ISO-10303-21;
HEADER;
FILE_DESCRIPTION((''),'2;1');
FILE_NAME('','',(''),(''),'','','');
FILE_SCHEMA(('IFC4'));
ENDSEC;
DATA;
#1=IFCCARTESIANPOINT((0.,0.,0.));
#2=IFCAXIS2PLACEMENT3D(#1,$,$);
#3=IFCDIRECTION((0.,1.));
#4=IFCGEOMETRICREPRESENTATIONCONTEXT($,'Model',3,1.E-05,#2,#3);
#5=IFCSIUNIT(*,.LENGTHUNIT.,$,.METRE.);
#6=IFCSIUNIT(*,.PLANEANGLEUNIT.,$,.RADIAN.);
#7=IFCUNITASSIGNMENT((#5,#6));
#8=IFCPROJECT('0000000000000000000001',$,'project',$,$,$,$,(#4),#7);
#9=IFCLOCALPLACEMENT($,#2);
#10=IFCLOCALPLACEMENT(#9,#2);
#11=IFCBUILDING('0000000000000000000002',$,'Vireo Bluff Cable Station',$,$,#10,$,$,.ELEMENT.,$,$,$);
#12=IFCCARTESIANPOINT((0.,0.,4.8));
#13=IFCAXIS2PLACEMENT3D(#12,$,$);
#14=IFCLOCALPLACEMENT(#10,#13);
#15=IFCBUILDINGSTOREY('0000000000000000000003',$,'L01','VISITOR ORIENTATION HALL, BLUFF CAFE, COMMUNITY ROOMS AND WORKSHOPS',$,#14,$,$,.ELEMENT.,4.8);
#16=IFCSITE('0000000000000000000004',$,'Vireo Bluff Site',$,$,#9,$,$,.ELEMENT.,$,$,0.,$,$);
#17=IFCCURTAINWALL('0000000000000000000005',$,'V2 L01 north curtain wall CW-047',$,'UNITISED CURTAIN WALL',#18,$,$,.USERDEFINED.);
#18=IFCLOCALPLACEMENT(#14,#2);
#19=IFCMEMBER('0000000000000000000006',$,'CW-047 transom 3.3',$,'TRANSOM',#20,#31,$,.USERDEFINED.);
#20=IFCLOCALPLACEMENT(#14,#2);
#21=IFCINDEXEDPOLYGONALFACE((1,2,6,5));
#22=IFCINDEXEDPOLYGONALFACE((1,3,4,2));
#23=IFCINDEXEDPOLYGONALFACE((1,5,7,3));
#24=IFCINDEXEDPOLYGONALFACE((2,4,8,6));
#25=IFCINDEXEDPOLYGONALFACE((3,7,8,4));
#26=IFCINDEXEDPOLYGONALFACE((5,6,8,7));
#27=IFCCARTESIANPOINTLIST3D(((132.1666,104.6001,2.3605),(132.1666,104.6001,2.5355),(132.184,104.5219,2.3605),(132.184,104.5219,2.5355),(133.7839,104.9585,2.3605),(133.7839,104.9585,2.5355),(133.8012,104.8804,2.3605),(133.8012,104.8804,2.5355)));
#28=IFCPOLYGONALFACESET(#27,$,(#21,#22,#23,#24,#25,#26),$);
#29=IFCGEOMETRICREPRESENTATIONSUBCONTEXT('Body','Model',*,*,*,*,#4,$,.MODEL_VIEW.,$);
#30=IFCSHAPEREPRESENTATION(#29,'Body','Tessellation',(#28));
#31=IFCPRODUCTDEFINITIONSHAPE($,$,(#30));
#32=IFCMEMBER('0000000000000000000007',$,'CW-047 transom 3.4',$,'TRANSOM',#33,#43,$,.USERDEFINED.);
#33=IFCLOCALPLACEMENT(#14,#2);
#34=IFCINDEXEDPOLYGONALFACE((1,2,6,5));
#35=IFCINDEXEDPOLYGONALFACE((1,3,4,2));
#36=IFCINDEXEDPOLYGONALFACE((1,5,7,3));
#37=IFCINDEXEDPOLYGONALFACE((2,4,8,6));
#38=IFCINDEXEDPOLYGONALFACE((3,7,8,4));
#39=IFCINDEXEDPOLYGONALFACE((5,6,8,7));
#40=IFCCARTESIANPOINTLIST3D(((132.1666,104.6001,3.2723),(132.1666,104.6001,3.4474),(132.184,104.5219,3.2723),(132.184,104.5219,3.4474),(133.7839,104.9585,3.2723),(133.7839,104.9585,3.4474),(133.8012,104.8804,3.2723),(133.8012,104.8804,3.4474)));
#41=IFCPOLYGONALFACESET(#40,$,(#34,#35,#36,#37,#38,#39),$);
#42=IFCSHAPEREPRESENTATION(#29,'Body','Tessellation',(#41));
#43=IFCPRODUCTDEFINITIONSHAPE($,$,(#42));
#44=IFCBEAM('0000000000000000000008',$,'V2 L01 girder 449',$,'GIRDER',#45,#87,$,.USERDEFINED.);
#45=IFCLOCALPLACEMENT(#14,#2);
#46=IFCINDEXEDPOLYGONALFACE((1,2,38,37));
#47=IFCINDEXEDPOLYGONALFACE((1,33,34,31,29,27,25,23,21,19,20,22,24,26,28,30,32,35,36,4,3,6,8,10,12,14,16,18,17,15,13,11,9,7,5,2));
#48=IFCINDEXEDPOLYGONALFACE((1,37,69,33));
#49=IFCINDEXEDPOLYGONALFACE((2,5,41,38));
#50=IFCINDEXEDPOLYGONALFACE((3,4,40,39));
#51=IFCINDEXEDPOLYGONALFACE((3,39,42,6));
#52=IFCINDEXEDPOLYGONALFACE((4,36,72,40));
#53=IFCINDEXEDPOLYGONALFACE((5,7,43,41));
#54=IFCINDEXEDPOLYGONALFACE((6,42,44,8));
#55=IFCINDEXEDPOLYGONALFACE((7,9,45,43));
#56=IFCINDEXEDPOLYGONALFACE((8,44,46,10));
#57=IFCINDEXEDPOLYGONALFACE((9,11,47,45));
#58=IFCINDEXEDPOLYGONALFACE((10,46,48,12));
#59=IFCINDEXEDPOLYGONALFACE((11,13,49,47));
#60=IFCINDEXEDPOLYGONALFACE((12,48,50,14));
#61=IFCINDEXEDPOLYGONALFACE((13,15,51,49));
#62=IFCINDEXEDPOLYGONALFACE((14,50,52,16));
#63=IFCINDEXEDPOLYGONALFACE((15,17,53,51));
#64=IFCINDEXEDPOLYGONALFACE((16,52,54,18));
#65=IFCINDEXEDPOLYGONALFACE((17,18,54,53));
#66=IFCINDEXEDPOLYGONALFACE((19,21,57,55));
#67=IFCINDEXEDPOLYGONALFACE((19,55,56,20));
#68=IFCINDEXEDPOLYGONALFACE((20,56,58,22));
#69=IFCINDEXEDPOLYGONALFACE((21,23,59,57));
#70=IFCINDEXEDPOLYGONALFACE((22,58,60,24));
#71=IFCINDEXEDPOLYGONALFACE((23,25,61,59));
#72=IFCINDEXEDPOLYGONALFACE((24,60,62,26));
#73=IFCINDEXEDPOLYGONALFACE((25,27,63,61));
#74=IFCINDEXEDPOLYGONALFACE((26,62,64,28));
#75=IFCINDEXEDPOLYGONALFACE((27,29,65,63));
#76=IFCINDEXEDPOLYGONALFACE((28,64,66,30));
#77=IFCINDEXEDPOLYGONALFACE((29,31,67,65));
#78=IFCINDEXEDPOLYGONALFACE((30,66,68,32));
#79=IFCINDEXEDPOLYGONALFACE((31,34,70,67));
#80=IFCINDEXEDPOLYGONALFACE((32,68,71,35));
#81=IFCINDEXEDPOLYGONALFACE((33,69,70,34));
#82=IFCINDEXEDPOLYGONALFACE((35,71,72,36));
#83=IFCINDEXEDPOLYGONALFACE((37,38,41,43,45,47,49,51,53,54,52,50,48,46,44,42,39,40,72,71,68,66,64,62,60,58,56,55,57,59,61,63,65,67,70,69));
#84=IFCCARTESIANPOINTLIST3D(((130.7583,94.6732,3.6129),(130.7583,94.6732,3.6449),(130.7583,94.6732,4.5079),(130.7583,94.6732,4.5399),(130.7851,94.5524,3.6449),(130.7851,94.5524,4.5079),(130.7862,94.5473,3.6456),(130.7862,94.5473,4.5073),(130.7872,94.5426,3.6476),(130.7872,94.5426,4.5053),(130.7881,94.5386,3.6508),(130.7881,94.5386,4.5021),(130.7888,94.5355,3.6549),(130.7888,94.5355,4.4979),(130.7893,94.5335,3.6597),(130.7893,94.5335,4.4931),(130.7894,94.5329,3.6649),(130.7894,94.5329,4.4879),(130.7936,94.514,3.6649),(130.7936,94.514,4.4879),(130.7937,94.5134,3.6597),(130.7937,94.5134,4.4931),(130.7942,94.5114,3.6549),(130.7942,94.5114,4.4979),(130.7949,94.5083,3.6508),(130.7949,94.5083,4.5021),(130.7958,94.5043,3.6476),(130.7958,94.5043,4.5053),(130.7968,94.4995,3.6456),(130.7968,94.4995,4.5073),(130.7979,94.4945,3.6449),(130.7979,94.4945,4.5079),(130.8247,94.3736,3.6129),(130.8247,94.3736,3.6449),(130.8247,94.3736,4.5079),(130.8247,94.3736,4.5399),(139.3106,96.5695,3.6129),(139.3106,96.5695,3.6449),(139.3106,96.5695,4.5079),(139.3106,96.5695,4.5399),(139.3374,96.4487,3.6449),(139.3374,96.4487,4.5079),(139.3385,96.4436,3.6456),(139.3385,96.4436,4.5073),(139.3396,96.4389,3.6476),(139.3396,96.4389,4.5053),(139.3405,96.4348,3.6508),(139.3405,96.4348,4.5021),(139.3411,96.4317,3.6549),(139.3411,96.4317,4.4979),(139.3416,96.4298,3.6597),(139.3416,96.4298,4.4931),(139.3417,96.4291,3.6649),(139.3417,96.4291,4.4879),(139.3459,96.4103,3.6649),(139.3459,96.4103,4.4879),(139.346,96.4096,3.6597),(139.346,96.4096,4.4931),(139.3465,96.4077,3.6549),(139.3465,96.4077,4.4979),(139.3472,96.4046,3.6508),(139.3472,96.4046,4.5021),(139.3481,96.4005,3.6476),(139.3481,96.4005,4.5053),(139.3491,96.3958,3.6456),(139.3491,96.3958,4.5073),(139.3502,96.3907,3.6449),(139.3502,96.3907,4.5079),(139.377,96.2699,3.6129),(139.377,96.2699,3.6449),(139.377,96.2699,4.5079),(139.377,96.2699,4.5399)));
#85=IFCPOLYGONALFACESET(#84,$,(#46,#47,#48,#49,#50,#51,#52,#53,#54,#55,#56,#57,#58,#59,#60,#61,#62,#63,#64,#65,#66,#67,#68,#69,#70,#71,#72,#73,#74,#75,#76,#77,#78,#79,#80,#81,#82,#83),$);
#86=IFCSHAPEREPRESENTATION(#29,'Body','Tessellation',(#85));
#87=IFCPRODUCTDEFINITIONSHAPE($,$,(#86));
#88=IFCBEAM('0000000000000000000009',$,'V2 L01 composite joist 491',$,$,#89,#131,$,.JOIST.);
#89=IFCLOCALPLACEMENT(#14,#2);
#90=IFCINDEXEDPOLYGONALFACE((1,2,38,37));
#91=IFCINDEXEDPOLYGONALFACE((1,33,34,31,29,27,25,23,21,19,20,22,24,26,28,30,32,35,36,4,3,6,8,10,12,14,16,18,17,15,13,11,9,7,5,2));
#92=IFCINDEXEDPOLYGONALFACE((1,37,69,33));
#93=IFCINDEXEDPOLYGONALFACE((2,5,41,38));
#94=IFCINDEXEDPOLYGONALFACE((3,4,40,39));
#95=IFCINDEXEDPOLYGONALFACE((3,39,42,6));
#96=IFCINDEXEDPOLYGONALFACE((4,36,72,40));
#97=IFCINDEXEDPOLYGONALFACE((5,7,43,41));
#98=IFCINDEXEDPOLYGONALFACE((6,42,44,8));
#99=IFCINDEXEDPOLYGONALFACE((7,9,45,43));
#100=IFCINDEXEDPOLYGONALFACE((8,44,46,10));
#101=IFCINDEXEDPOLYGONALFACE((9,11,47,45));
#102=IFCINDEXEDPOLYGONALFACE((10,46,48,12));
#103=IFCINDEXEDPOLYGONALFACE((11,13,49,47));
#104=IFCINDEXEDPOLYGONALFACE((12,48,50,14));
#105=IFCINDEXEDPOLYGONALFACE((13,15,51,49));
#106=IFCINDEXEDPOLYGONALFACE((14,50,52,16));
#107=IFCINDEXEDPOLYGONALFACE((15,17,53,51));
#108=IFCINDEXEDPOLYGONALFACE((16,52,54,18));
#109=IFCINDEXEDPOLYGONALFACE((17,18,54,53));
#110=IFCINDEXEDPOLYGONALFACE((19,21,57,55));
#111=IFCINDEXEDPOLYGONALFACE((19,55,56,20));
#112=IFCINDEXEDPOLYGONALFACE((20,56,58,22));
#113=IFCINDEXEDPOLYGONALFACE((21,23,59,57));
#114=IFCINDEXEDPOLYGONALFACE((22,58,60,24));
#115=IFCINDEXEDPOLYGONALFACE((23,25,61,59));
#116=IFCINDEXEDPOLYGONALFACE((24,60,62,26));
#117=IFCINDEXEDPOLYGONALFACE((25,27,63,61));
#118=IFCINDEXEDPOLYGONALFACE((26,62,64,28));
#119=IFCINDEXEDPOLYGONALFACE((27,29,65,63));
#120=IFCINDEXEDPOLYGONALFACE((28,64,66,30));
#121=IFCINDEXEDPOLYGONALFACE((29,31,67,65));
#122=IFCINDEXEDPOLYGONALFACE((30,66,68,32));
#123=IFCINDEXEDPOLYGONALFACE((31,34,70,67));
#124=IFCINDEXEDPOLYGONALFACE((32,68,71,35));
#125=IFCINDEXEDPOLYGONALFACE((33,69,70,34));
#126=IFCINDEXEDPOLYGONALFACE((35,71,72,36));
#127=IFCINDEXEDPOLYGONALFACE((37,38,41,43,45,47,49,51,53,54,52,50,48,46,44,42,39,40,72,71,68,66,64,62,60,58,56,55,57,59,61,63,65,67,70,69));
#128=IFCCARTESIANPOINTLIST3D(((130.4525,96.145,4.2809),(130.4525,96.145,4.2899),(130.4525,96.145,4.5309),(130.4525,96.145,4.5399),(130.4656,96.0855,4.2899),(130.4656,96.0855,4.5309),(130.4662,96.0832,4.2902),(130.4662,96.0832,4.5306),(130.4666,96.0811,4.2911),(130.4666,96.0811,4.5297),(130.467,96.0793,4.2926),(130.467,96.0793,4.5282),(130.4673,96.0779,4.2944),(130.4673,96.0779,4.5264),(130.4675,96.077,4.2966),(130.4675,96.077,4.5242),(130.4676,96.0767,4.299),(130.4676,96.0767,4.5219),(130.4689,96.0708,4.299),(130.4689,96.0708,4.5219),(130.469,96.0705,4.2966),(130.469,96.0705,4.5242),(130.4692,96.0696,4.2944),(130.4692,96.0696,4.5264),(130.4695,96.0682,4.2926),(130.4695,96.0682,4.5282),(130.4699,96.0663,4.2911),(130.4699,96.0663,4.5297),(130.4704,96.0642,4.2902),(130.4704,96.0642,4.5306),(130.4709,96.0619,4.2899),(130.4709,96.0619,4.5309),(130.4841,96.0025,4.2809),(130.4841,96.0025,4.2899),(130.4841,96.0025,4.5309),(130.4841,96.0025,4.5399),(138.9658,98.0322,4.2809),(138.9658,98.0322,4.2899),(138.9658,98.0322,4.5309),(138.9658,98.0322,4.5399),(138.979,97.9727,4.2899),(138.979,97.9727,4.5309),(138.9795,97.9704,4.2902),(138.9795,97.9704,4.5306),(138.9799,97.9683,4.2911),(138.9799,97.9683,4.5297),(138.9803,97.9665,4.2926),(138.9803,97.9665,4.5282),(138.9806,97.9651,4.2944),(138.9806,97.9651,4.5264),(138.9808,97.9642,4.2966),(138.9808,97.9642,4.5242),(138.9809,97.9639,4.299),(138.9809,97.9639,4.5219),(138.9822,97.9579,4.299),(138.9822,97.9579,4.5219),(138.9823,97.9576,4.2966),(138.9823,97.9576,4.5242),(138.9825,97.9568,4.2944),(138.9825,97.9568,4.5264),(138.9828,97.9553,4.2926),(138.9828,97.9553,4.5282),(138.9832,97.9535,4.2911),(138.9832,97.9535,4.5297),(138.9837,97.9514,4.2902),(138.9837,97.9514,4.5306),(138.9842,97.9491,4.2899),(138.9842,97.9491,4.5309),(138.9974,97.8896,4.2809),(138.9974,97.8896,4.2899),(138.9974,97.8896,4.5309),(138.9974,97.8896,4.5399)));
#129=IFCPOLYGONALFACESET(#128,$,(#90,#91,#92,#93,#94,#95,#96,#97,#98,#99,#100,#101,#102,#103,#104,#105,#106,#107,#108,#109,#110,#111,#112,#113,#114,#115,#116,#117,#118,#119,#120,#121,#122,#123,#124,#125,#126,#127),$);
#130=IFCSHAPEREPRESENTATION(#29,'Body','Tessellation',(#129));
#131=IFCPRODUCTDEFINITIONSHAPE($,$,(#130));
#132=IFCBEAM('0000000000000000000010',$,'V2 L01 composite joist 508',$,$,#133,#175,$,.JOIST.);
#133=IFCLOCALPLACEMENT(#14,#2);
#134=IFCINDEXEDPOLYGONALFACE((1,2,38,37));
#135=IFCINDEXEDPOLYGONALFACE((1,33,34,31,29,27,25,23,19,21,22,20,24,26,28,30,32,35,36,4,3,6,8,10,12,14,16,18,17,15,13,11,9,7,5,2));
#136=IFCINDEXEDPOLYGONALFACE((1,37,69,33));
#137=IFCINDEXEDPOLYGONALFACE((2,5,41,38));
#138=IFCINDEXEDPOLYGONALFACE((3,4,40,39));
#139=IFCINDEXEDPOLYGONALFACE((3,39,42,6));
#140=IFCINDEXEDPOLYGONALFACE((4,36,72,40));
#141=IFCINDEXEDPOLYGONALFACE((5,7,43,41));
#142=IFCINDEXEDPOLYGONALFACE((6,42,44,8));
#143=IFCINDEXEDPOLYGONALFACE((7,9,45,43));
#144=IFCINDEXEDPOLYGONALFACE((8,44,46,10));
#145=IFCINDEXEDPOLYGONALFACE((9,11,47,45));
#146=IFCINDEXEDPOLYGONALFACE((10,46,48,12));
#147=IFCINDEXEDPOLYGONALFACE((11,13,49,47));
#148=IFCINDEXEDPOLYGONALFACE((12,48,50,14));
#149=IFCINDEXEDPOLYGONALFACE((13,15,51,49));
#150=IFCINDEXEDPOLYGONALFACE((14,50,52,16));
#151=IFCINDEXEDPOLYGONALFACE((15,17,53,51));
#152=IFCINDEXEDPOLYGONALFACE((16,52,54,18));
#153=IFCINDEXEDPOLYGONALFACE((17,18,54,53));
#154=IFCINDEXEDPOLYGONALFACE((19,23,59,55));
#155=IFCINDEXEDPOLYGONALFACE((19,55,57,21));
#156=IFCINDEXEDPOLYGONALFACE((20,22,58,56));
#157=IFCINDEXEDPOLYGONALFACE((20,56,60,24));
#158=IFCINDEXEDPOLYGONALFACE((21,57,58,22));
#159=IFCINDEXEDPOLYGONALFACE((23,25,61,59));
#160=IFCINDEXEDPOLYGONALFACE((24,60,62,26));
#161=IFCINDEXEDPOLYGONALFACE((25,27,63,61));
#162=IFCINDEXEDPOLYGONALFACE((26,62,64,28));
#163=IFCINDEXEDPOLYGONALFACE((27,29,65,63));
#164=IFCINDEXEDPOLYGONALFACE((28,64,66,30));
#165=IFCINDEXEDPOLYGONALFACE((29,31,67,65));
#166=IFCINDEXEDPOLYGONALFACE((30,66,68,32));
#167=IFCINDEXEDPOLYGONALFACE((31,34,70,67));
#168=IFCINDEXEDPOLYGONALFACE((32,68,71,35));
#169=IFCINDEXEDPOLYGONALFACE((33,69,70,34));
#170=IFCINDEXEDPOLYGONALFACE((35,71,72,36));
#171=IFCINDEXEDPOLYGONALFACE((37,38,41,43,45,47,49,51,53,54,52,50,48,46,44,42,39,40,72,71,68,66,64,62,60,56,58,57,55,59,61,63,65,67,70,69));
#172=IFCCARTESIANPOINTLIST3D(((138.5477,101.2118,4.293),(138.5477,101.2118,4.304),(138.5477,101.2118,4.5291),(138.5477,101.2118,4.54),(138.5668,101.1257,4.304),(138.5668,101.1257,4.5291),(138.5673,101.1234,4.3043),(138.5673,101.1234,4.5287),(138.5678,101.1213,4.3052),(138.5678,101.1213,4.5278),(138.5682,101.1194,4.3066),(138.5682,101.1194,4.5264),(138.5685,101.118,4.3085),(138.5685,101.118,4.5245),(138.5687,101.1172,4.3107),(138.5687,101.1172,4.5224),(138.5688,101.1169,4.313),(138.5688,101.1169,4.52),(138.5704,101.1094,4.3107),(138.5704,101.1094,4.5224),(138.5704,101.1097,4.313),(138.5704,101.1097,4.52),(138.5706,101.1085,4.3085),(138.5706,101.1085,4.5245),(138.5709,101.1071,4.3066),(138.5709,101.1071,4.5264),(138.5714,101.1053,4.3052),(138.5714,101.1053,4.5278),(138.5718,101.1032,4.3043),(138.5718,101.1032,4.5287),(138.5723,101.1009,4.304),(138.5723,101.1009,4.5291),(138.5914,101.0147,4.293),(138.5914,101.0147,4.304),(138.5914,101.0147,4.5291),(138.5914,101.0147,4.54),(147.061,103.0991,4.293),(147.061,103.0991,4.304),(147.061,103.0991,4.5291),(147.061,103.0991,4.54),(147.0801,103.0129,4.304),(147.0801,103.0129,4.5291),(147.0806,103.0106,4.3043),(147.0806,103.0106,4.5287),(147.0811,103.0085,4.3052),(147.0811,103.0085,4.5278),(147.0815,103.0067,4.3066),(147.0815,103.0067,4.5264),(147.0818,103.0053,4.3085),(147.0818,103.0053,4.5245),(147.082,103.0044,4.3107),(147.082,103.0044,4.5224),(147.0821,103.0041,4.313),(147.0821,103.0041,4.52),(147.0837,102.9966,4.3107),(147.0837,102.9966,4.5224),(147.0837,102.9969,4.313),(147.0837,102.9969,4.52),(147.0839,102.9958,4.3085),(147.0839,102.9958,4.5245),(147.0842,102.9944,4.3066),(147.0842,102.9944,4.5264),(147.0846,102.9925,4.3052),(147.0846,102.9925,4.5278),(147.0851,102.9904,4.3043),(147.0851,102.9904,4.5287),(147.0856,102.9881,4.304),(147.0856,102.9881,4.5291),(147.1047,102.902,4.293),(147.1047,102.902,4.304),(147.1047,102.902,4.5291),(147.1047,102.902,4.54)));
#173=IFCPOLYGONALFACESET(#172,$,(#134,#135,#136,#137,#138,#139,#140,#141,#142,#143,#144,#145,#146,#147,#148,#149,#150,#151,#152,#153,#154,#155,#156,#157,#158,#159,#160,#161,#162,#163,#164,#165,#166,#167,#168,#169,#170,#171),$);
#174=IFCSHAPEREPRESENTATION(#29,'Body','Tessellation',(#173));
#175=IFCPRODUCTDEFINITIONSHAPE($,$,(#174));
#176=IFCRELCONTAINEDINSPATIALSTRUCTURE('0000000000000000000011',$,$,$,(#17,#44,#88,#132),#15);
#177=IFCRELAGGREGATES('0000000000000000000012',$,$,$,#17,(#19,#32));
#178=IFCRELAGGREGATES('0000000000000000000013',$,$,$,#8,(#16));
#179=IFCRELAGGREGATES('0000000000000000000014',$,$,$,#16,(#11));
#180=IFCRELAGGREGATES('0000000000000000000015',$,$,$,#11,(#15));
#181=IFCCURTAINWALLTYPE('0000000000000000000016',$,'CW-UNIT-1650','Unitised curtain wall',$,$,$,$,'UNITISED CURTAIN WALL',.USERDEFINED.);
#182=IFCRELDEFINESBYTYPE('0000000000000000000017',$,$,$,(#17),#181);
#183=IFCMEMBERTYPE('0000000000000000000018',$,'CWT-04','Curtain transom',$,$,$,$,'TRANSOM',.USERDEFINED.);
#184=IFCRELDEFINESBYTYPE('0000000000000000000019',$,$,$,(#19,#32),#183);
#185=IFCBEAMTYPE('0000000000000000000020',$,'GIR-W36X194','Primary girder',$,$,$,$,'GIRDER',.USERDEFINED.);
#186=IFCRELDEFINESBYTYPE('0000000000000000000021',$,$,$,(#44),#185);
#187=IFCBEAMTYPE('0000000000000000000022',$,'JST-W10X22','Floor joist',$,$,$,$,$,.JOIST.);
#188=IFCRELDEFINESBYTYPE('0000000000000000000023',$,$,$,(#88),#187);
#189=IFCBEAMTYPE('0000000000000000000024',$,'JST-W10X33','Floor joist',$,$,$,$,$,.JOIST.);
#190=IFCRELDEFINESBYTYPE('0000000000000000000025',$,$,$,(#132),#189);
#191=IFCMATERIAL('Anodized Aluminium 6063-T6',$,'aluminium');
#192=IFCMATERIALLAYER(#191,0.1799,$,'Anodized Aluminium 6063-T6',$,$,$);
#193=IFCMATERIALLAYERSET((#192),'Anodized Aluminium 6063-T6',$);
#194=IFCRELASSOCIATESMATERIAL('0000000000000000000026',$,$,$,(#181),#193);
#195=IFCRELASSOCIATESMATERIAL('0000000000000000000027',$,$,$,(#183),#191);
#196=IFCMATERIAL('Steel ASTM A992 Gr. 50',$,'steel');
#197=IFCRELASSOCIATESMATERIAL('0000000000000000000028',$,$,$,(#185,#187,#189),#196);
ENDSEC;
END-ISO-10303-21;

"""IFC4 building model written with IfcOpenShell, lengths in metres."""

from ifc_helpers import new_model, si_unit, direction, frame, origin, origin_2d, place, context, subcontext, project, spatial, rectangle, i_section, extrude, material, layer, layer_set, material_profile, profile_set, type_object, element, aggregate, save


model = new_model("IFC4")

# Units and contexts
model_context = context("Model", 3, precision=1e-05, world=origin(), true_north=direction((0.0, 1.0)))
body_context = subcontext(model_context, "Body", "Model", "MODEL_VIEW")
ifc_project = project(units=[si_unit("LENGTHUNIT", "METRE"), si_unit("PLANEANGLEUNIT", "RADIAN")], contexts=[model_context])

# Site, building, storey
site_placement = place(None, origin())
site = spatial("IfcSite", under=ifc_project, at=site_placement, Name="Vireo Bluff Site", CompositionType="ELEMENT", RefElevation=0.0)
building_placement = place(site_placement, origin())
building = spatial("IfcBuilding", under=site, at=building_placement, Name="Vireo Bluff Cable Station", CompositionType="ELEMENT")
storey_placement = place(building_placement, frame((0.0, 0.0, 4.8)))
storey = spatial("IfcBuildingStorey", under=building, at=storey_placement, Name="L01", Description="VISITOR ORIENTATION HALL, BLUFF CAFE, COMMUNITY ROOMS AND WORKSHOPS", CompositionType="ELEMENT", Elevation=4.8)

# Shared definitions
ifc_material_1 = material(Name="Steel ASTM A992 Gr. 50", Category="steel")

# Curtain wall, members
ifc_material_2 = material(Name="Anodized Aluminium 6063-T6", Category="aluminium")
ifc_layer_1 = layer(ifc_material_2, 0.1799, Name="Anodized Aluminium 6063-T6")
ifc_layer_set_1 = layer_set([ifc_layer_1], Name="Anodized Aluminium 6063-T6")
curtain_wall_type = type_object("IfcCurtainWallType", Name="CW-UNIT-1650", Description="Unitised curtain wall", ElementType="UNITISED CURTAIN WALL", PredefinedType="USERDEFINED", material=ifc_layer_set_1)
curtain_wall_placement = place(storey_placement, origin())
curtain_wall = element("IfcCurtainWall", 1, at=curtain_wall_placement, inside=storey, type_object=curtain_wall_type, Name="V2 L01 north curtain wall CW-047", ObjectType="UNITISED CURTAIN WALL", PredefinedType="USERDEFINED")
ifc_material_profile_1 = material_profile(ifc_material_2, rectangle(XDim=0.0801, YDim=0.175, at=origin_2d()), Name="ALU-T-80X175")
ifc_profile_set_1 = profile_set([ifc_material_profile_1], Name="Anodized Aluminium 6063-T6")
member_type_1 = type_object("IfcMemberType", Name="CWT-04", Description="Curtain transom", ElementType="TRANSOM", PredefinedType="USERDEFINED", material=ifc_profile_set_1)
member_1_placement = place(storey_placement, frame((132.1753, 104.561, 2.448), z_axis=(0.976312, 0.216369, 0.0), x_axis=(-0.216369, 0.976312, 0.0)))
member_1 = element("IfcMember", 2, at=member_1_placement, type_object=member_type_1, Name="CW-047 transom 3.3", ObjectType="TRANSOM", PredefinedType="USERDEFINED", context=body_context, shape_type="SweptSolid", body=[
    extrude(rectangle(XDim=0.0801, YDim=0.175, at=origin_2d()), origin(), (0.0, 0.0, 1.0), 1.6565),
])
member_2_placement = place(storey_placement, frame((132.1753, 104.561, 3.3599), z_axis=(0.976312, 0.216369, 0.0), x_axis=(-0.216369, 0.976312, 0.0)))
member_2 = element("IfcMember", 3, at=member_2_placement, type_object=member_type_1, Name="CW-047 transom 3.4", ObjectType="TRANSOM", PredefinedType="USERDEFINED", context=body_context, shape_type="SweptSolid", body=[
    extrude(rectangle(XDim=0.0801, YDim=0.175, at=origin_2d()), origin(), (0.0, 0.0, 1.0), 1.6565),
])

# Beams
ifc_material_profile_2 = material_profile(ifc_material_1, i_section(OverallWidth=0.3069, OverallDepth=0.927, WebThickness=0.0193, FlangeThickness=0.032, FilletRadius=0.02, at=origin_2d()), Name="W36X194")
ifc_profile_set_2 = profile_set([ifc_material_profile_2], Name="Steel ASTM A992 Gr. 50")
beam_type_1 = type_object("IfcBeamType", Name="GIR-W36X194", Description="Primary girder", ElementType="GIRDER", PredefinedType="USERDEFINED", material=ifc_profile_set_2)
beam_1_placement = place(storey_placement, frame((130.7915, 94.5234, 4.0764), z_axis=(0.97629, 0.216467, 0.0), x_axis=(-0.216467, 0.97629, 0.0)))
element("IfcBeam", 4, at=beam_1_placement, inside=storey, type_object=beam_type_1, Name="V2 L01 girder 449", ObjectType="GIRDER", PredefinedType="USERDEFINED", context=body_context, shape_type="SweptSolid", body=[
    extrude(i_section(OverallWidth=0.3069, OverallDepth=0.927, WebThickness=0.0193, FlangeThickness=0.032, FilletRadius=0.02, at=origin_2d()), origin(), (0.0, 0.0, 1.0), 8.76),
])
ifc_material_profile_3 = material_profile(ifc_material_1, i_section(OverallWidth=0.146, OverallDepth=0.259, WebThickness=0.0061, FlangeThickness=0.009, FilletRadius=0.009, at=origin_2d()), Name="W10X22")
ifc_profile_set_3 = profile_set([ifc_material_profile_3], Name="Steel ASTM A992 Gr. 50")
beam_type_2 = type_object("IfcBeamType", Name="JST-W10X22", Description="Floor joist", PredefinedType="JOIST", material=ifc_profile_set_3)
beam_2_placement = place(storey_placement, frame((130.4683, 96.0737, 4.4104), z_axis=(0.9763, 0.216421, 0.0), x_axis=(-0.216421, 0.9763, 0.0)))
element("IfcBeam", 5, at=beam_2_placement, inside=storey, type_object=beam_type_2, Name="V2 L01 composite joist 491", PredefinedType="JOIST", context=body_context, shape_type="SweptSolid", body=[
    extrude(i_section(OverallWidth=0.146, OverallDepth=0.259, WebThickness=0.0061, FlangeThickness=0.009, FilletRadius=0.009, at=origin_2d()), origin(), (0.0, 0.0, 1.0), 8.72),
])
ifc_material_profile_4 = material_profile(ifc_material_1, i_section(OverallWidth=0.2019, OverallDepth=0.2471, WebThickness=0.0073, FlangeThickness=0.011, FilletRadius=0.009, at=origin_2d()), Name="W10X33")
ifc_profile_set_4 = profile_set([ifc_material_profile_4], Name="Steel ASTM A992 Gr. 50")
beam_type_3 = type_object("IfcBeamType", Name="JST-W10X33", Description="Floor joist", PredefinedType="JOIST", material=ifc_profile_set_4)
beam_3_placement = place(storey_placement, frame((138.5696, 101.1133, 4.4165), z_axis=(0.976299, 0.216426, 0.0), x_axis=(-0.216426, 0.976299, 0.0)))
element("IfcBeam", 6, at=beam_3_placement, inside=storey, type_object=beam_type_3, Name="V2 L01 composite joist 508", PredefinedType="JOIST", context=body_context, shape_type="SweptSolid", body=[
    extrude(i_section(OverallWidth=0.2019, OverallDepth=0.2471, WebThickness=0.0073, FlangeThickness=0.011, FilletRadius=0.009, at=origin_2d()), origin(), (0.0, 0.0, 1.0), 8.72),
])

aggregate(curtain_wall, [member_1, member_2])

save(model, "model.ifc")
